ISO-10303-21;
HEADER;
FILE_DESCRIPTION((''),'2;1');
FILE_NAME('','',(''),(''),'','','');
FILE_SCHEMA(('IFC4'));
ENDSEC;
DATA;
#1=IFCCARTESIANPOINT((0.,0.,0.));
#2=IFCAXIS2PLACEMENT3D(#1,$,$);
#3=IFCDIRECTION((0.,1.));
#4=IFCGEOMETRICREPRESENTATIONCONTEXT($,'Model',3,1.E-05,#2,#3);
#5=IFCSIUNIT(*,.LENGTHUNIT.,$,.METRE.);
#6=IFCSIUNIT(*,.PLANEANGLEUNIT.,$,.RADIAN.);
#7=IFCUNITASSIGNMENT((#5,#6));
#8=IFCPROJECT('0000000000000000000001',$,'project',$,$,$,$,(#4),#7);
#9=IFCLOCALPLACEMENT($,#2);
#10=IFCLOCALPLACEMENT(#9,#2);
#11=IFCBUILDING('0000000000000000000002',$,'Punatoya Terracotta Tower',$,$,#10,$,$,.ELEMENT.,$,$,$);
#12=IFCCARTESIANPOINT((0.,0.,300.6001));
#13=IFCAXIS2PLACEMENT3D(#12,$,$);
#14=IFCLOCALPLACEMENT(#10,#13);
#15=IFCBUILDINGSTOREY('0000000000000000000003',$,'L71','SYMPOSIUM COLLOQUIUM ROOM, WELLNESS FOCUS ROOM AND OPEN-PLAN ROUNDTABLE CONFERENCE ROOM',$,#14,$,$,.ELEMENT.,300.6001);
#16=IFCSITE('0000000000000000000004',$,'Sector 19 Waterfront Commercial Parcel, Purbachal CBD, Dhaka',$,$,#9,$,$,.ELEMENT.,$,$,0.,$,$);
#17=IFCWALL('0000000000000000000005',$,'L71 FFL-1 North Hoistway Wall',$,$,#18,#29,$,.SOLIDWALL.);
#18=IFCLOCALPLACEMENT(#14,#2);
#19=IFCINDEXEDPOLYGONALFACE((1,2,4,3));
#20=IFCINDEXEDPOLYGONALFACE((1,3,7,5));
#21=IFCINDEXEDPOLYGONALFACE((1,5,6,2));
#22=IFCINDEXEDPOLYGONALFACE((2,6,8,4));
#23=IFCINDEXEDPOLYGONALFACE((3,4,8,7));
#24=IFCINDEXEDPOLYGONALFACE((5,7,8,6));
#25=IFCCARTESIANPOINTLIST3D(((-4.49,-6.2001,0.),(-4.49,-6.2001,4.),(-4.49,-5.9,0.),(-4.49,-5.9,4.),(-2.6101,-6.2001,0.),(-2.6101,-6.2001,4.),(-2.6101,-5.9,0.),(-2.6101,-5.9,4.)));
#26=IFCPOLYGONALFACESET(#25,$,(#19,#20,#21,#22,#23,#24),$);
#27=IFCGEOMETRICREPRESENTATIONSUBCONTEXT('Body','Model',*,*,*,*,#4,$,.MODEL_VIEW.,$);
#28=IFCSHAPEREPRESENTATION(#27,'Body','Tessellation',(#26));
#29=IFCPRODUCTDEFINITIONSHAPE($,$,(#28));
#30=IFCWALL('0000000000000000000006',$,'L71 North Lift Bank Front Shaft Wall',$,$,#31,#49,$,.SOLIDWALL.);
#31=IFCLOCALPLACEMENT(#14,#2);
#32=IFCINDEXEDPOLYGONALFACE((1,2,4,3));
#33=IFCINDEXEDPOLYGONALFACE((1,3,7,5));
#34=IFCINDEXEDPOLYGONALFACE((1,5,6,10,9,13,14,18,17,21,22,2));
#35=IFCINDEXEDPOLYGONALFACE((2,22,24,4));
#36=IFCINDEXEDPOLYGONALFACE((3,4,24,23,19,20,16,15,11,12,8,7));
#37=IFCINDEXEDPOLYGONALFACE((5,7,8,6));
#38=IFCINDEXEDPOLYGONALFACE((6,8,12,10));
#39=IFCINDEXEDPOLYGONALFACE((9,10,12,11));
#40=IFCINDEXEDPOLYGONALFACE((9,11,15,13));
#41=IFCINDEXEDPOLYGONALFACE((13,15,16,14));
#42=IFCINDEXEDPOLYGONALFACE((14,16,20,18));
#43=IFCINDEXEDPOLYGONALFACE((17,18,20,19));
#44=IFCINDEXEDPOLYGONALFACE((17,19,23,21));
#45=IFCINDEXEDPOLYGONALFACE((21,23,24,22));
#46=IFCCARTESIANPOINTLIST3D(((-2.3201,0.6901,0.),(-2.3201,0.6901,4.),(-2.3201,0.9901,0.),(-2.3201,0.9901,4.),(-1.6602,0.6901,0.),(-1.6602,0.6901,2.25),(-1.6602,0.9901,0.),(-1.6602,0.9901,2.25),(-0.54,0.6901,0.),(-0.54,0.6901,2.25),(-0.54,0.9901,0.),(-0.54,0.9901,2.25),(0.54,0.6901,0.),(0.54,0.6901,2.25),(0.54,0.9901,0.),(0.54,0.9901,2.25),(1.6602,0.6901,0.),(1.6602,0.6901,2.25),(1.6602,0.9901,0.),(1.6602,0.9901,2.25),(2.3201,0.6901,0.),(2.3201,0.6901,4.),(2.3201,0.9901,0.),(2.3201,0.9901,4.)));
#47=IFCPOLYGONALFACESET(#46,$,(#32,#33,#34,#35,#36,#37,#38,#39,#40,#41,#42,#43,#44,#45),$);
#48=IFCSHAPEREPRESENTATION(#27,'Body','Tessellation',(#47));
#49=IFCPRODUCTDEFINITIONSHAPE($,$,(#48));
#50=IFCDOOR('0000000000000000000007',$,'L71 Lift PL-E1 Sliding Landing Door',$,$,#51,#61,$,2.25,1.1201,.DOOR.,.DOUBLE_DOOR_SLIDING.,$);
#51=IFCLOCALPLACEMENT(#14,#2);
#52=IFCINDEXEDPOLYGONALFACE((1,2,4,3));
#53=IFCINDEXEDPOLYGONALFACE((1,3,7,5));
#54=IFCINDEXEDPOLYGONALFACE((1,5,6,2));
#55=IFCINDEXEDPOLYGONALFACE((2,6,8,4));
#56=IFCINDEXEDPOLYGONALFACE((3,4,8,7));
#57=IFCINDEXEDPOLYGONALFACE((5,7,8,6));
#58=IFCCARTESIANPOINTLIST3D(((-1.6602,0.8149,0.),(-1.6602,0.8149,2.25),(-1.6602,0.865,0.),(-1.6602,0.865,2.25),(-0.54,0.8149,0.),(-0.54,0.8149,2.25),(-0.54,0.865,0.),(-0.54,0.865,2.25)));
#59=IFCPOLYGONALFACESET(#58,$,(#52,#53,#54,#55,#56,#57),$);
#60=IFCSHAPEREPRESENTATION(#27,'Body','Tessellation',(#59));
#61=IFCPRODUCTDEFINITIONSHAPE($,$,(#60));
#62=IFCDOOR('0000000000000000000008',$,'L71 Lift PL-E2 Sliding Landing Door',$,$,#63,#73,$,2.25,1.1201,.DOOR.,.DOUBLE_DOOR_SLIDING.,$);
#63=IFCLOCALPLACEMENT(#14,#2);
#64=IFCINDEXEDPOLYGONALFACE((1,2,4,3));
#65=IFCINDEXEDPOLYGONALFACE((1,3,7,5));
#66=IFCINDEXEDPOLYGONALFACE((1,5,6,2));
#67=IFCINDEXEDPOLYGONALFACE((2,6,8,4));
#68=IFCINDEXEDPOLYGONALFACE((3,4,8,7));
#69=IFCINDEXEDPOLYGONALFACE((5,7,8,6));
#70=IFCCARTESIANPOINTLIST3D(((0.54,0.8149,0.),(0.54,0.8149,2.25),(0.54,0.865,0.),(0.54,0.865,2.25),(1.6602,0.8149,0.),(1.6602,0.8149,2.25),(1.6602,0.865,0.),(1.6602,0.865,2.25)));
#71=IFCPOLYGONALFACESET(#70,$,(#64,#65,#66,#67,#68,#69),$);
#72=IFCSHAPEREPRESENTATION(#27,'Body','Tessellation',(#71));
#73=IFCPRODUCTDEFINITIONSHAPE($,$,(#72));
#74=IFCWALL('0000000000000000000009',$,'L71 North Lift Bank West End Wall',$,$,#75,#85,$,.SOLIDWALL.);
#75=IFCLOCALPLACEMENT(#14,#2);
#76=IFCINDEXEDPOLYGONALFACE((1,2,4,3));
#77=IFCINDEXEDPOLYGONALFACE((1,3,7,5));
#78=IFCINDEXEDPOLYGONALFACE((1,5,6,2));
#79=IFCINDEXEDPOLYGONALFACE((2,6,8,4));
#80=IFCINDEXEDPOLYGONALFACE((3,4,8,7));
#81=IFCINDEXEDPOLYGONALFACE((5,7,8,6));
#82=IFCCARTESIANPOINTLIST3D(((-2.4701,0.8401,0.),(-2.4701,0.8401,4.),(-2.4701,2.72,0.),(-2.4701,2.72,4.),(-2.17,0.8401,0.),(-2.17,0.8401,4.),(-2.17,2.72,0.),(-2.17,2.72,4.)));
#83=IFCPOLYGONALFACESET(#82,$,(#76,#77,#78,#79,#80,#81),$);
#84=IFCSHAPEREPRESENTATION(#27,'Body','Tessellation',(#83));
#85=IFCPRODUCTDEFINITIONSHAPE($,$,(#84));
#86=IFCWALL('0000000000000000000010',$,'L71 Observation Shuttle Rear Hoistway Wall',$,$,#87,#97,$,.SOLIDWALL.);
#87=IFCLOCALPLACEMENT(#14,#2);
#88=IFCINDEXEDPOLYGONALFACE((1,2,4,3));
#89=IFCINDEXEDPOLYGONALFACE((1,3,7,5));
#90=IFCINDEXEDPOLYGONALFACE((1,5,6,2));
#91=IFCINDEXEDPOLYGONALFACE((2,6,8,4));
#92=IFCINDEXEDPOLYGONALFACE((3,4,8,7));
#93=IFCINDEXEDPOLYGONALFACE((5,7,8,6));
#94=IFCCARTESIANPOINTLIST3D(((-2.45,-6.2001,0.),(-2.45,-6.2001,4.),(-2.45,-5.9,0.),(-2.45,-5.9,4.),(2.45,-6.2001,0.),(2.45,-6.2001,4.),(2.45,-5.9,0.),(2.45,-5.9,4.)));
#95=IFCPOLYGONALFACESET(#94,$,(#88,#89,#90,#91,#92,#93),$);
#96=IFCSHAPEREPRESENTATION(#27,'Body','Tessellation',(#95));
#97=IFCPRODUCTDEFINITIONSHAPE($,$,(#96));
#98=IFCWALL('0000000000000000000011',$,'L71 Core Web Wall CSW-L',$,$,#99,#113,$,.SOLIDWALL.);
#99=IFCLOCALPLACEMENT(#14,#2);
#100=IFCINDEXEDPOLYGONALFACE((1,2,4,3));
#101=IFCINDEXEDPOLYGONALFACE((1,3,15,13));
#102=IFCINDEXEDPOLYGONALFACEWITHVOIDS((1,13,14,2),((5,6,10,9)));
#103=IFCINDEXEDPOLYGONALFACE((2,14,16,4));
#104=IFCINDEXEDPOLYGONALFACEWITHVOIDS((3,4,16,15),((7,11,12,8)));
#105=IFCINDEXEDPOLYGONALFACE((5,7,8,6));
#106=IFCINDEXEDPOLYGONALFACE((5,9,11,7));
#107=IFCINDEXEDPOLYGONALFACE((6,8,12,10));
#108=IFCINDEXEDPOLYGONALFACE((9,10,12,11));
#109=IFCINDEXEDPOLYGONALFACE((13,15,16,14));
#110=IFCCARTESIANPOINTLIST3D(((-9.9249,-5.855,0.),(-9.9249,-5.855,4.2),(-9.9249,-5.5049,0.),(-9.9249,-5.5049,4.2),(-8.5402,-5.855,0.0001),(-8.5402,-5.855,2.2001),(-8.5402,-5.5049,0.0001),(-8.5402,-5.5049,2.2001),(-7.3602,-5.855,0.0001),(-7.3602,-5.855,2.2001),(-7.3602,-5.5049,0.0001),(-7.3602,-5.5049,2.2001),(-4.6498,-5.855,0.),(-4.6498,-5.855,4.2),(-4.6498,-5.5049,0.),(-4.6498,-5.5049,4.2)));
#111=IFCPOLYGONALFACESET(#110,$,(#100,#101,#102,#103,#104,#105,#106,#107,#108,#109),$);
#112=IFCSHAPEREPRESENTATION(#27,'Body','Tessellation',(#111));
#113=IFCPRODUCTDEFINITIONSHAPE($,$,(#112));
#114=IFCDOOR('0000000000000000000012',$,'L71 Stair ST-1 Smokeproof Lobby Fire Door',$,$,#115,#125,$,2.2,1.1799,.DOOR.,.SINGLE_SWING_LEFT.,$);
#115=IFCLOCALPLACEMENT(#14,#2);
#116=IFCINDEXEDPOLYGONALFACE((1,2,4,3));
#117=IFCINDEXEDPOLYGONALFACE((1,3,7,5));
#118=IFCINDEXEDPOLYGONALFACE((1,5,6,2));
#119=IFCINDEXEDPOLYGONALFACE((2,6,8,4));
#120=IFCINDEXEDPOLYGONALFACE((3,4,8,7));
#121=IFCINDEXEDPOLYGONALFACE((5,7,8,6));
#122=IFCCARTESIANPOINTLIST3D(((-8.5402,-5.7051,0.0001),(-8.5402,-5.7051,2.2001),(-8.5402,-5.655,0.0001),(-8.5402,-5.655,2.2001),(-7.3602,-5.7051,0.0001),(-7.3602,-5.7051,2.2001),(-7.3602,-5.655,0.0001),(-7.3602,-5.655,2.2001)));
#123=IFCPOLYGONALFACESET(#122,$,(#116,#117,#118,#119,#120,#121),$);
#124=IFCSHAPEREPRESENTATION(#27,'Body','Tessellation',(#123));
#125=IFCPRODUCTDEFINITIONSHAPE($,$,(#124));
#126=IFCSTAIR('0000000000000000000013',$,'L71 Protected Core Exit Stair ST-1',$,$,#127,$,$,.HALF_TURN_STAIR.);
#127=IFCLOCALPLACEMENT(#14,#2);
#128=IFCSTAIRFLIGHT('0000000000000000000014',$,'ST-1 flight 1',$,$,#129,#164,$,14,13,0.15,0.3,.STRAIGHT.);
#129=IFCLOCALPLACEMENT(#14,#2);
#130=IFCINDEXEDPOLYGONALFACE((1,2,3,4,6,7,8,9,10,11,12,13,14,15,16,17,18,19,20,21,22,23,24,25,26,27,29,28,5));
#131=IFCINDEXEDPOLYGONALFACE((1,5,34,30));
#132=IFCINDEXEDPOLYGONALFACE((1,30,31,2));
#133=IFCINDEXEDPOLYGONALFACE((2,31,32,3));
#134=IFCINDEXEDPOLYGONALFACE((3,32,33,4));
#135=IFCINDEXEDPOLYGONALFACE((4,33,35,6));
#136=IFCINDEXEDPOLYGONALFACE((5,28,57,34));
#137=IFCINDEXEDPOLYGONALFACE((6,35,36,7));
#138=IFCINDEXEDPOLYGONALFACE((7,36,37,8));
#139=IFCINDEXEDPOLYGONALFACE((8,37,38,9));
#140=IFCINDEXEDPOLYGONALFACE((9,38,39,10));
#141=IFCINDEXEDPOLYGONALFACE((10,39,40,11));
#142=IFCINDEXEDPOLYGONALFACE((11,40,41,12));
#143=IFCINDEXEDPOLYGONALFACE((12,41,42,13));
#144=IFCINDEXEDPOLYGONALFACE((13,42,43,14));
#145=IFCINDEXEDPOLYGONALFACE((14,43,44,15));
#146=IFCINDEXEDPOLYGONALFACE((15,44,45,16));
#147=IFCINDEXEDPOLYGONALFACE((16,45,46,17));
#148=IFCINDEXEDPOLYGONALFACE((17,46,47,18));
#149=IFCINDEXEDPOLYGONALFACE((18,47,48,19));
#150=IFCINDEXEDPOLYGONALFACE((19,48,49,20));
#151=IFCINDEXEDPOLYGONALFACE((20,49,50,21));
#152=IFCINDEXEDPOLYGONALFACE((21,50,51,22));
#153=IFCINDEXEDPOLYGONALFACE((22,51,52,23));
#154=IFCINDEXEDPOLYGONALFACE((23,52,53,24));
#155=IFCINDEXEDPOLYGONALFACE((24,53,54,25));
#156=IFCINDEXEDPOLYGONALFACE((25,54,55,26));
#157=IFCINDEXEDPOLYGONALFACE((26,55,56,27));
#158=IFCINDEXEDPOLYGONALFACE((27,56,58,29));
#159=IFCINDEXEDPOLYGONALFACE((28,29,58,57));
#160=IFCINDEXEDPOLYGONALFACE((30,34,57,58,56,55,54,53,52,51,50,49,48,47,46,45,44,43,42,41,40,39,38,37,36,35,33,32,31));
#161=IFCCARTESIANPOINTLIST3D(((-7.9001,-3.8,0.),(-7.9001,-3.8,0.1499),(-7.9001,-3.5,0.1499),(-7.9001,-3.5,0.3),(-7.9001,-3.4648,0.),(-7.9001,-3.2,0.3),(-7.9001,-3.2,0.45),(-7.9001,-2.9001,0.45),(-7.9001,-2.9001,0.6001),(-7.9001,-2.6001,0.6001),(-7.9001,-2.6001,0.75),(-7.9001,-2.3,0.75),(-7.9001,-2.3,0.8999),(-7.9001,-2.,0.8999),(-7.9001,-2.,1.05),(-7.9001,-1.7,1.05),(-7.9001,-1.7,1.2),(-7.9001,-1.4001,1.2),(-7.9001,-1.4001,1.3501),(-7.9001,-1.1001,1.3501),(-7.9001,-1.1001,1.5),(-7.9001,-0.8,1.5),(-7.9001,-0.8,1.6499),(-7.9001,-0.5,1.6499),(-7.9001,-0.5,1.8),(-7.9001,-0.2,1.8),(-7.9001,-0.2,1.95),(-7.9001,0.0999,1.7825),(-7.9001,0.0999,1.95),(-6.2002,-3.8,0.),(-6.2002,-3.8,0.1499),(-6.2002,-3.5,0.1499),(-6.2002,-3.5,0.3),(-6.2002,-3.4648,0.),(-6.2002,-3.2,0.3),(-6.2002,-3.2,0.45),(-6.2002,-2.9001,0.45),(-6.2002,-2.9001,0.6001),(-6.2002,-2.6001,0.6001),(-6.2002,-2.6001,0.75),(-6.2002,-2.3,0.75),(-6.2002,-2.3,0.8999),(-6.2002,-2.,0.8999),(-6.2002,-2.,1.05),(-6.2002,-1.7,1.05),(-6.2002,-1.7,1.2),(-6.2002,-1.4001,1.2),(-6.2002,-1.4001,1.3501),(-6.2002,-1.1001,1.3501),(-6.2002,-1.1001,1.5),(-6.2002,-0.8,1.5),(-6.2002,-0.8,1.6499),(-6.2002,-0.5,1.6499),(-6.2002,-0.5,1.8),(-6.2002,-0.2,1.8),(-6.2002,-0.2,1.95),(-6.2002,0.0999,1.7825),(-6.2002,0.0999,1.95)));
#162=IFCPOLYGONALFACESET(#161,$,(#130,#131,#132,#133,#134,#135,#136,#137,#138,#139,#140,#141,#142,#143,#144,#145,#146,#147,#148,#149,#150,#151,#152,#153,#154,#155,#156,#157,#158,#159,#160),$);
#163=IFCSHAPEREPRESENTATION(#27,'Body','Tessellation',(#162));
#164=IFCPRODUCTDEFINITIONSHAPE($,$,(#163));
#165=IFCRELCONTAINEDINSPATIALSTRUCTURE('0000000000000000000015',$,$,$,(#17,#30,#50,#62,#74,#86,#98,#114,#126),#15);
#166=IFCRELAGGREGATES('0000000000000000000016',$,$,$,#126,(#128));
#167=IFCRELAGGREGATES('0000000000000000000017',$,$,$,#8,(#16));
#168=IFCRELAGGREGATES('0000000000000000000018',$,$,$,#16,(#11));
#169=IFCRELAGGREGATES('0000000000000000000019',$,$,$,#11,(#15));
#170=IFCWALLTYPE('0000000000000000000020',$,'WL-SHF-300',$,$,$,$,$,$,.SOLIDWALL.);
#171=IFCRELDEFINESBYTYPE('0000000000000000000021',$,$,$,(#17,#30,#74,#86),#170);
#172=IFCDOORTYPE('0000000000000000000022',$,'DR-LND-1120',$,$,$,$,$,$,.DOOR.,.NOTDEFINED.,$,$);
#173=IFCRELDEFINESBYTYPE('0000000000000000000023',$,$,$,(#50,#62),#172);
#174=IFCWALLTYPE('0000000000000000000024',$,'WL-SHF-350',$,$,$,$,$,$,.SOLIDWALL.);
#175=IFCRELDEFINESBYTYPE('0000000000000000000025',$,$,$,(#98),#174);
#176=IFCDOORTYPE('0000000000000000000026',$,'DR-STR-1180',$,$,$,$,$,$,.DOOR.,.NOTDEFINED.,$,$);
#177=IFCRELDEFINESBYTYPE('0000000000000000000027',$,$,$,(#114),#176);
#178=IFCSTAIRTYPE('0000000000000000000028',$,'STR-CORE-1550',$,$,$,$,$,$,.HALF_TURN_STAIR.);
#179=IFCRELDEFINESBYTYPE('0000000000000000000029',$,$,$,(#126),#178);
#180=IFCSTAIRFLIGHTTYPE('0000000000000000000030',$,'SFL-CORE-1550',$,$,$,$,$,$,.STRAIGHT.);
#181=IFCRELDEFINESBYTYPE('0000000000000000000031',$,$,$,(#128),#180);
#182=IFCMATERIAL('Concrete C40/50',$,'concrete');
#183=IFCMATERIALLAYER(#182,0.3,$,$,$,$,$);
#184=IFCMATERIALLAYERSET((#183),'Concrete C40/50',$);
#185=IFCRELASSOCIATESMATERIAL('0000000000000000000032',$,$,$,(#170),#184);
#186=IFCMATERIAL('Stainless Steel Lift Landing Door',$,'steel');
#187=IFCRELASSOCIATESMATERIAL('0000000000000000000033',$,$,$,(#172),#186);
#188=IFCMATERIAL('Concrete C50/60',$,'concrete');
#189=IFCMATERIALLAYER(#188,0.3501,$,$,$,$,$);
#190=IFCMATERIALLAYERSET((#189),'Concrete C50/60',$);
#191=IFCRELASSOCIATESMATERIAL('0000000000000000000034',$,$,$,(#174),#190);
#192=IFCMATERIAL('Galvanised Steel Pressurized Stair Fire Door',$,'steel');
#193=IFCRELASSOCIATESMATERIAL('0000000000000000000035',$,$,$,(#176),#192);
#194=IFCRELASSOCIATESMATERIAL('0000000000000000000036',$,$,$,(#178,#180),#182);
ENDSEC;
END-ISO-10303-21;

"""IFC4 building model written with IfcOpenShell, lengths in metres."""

from ifc_helpers import new_model, si_unit, direction, frame, frame_2d, origin, place, context, subcontext, project, spatial, polyline, rectangle, outline, extrude, material, layer, layer_set, type_object, element, fill, aggregate, save


model = new_model("IFC4")

# Units and contexts
model_context = context("Model", 3, precision=1e-05, world=origin(), true_north=direction((0.0, 1.0)))
body_context = subcontext(model_context, "Body", "Model", "MODEL_VIEW")
ifc_project = project(units=[si_unit("LENGTHUNIT", "METRE"), si_unit("PLANEANGLEUNIT", "RADIAN")], contexts=[model_context])

# Site, building, storey
site_placement = place(None, origin())
site = spatial("IfcSite", under=ifc_project, at=site_placement, Name="Sector 19 Waterfront Commercial Parcel, Purbachal CBD, Dhaka", CompositionType="ELEMENT", RefElevation=0.0)
building_placement = place(site_placement, origin())
building = spatial("IfcBuilding", under=site, at=building_placement, Name="Punatoya Terracotta Tower", CompositionType="ELEMENT")
storey_placement = place(building_placement, frame((0.0, 0.0, 300.6001)))
storey = spatial("IfcBuildingStorey", under=building, at=storey_placement, Name="L71", Description="SYMPOSIUM COLLOQUIUM ROOM, WELLNESS FOCUS ROOM AND OPEN-PLAN ROUNDTABLE CONFERENCE ROOM", CompositionType="ELEMENT", Elevation=300.6001)

# Shared definitions
ifc_material_1 = material(Name="Concrete C50/60", Category="concrete")

# Wall
ifc_material_2 = material(Name="Concrete C40/50", Category="concrete")
ifc_layer_1 = layer(ifc_material_2, 0.3)
ifc_layer_set_1 = layer_set([ifc_layer_1], Name="Concrete C40/50")
wall_type_1 = type_object("IfcWallType", Name="WL-SHF-300", PredefinedType="SOLIDWALL", material=ifc_layer_set_1)
wall_1_placement = place(storey_placement, frame((-4.49, -6.05, 0.0), z_axis=(0.0, 0.0, 1.0), x_axis=(1.0, 0.0, 0.0)))
element("IfcWall", 1, at=wall_1_placement, inside=storey, type_object=wall_type_1, Name="L71 FFL-1 North Hoistway Wall", PredefinedType="SOLIDWALL", context=body_context, shape_type="SweptSolid", body=[
    extrude(rectangle(XDim=1.8799, YDim=0.3, at=frame_2d((0.9399, 0.0))), origin(), (0.0, 0.0, 1.0), 4.0),
])

# Wall, openings, doors
wall_2_placement = place(storey_placement, frame((-2.3201, 0.8401, 0.0), z_axis=(0.0, 0.0, 1.0), x_axis=(1.0, 0.0, 0.0)))
wall_2 = element("IfcWall", 2, at=wall_2_placement, inside=storey, type_object=wall_type_1, Name="L71 North Lift Bank Front Shaft Wall", PredefinedType="SOLIDWALL", context=body_context, shape_type="SweptSolid", body=[
    extrude(rectangle(XDim=4.6401, YDim=0.3, at=frame_2d((2.3201, 0.0))), origin(), (0.0, 0.0, 1.0), 4.0),
])
opening_1_placement = place(wall_2_placement, frame((0.6599, 0.0, 0.0)))
opening_1 = element("IfcOpeningElement", 3, at=opening_1_placement, cuts=wall_2, PredefinedType="OPENING", context=body_context, shape_type="SweptSolid", body=[
    extrude(rectangle(XDim=1.1201, YDim=2.25, at=frame_2d((0.5601, 1.125))), frame((0.0, 0.1599, 0.0), z_axis=(0.0, -1.0, 0.0), x_axis=(1.0, 0.0, 0.0)), (0.0, 0.0, 1.0), 0.3201),
])
opening_2_placement = place(wall_2_placement, frame((2.8601, 0.0, 0.0)))
opening_2 = element("IfcOpeningElement", 4, at=opening_2_placement, cuts=wall_2, PredefinedType="OPENING", context=body_context, shape_type="SweptSolid", body=[
    extrude(rectangle(XDim=1.1201, YDim=2.25, at=frame_2d((0.5601, 1.125))), frame((0.0, 0.1599, 0.0), z_axis=(0.0, -1.0, 0.0), x_axis=(1.0, 0.0, 0.0)), (0.0, 0.0, 1.0), 0.3201),
])
ifc_material_3 = material(Name="Stainless Steel Lift Landing Door", Category="steel")
door_type_1 = type_object("IfcDoorType", Name="DR-LND-1120", OperationType="NOTDEFINED", PredefinedType="DOOR", material=ifc_material_3)
door_1_placement = place(opening_1_placement, origin())
door_1 = element("IfcDoor", 5, at=door_1_placement, inside=storey, type_object=door_type_1, Name="L71 Lift PL-E1 Sliding Landing Door", OperationType="DOUBLE_DOOR_SLIDING", OverallHeight=2.25, OverallWidth=1.1201, PredefinedType="DOOR", context=body_context, shape_type="SweptSolid", body=[
    extrude(rectangle(XDim=1.1201, YDim=2.25, at=frame_2d((0.5601, 1.125))), frame((0.0, 0.0249, 0.0), z_axis=(0.0, -1.0, 0.0), x_axis=(1.0, 0.0, 0.0)), (0.0, 0.0, 1.0), 0.05),
])
fill(opening_1, door_1)
door_2_placement = place(opening_2_placement, origin())
door_2 = element("IfcDoor", 6, at=door_2_placement, inside=storey, type_object=door_type_1, Name="L71 Lift PL-E2 Sliding Landing Door", OperationType="DOUBLE_DOOR_SLIDING", OverallHeight=2.25, OverallWidth=1.1201, PredefinedType="DOOR", context=body_context, shape_type="SweptSolid", body=[
    extrude(rectangle(XDim=1.1201, YDim=2.25, at=frame_2d((0.5601, 1.125))), frame((0.0, 0.0249, 0.0), z_axis=(0.0, -1.0, 0.0), x_axis=(1.0, 0.0, 0.0)), (0.0, 0.0, 1.0), 0.05),
])
fill(opening_2, door_2)

# Walls
wall_3_placement = place(storey_placement, frame((-2.3201, 0.8401, 0.0), z_axis=(0.0, 0.0, 1.0), x_axis=(0.0, 1.0, 0.0)))
element("IfcWall", 7, at=wall_3_placement, inside=storey, type_object=wall_type_1, Name="L71 North Lift Bank West End Wall", PredefinedType="SOLIDWALL", context=body_context, shape_type="SweptSolid", body=[
    extrude(rectangle(XDim=1.8799, YDim=0.3, at=frame_2d((0.9399, 0.0))), origin(), (0.0, 0.0, 1.0), 4.0),
])
wall_4_placement = place(storey_placement, frame((-2.45, -6.05, 0.0), z_axis=(0.0, 0.0, 1.0), x_axis=(1.0, 0.0, 0.0)))
element("IfcWall", 8, at=wall_4_placement, inside=storey, type_object=wall_type_1, Name="L71 Observation Shuttle Rear Hoistway Wall", PredefinedType="SOLIDWALL", context=body_context, shape_type="SweptSolid", body=[
    extrude(rectangle(XDim=4.8999, YDim=0.3, at=frame_2d((2.45, 0.0))), origin(), (0.0, 0.0, 1.0), 4.0),
])

# Wall, opening, door
ifc_layer_2 = layer(ifc_material_1, 0.3501)
ifc_layer_set_2 = layer_set([ifc_layer_2], Name="Concrete C50/60")
wall_type_2 = type_object("IfcWallType", Name="WL-SHF-350", PredefinedType="SOLIDWALL", material=ifc_layer_set_2)
wall_5_placement = place(storey_placement, frame((-9.925, -5.6799, 0.0), z_axis=(0.0, 0.0, 1.0), x_axis=(1.0, 0.0, 0.0)))
wall_5 = element("IfcWall", 9, at=wall_5_placement, inside=storey, type_object=wall_type_2, Name="L71 Core Web Wall CSW-L", PredefinedType="SOLIDWALL", context=body_context, shape_type="SweptSolid", body=[
    extrude(rectangle(XDim=5.2751, YDim=0.3501, at=frame_2d((2.6377, 0.0))), origin(), (0.0, 0.0, 1.0), 4.2),
])
opening_3_placement = place(wall_5_placement, frame((1.385, 0.0, 0.0)))
opening_3 = element("IfcOpeningElement", 10, at=opening_3_placement, cuts=wall_5, PredefinedType="OPENING", context=body_context, shape_type="SweptSolid", body=[
    extrude(rectangle(XDim=1.1799, YDim=2.2, at=frame_2d((0.5898, 1.1001))), frame((0.0, 0.1851, 0.0), z_axis=(0.0, -1.0, 0.0), x_axis=(1.0, 0.0, 0.0)), (0.0, 0.0, 1.0), 0.3701),
])
ifc_material_4 = material(Name="Galvanised Steel Pressurized Stair Fire Door", Category="steel")
door_type_2 = type_object("IfcDoorType", Name="DR-STR-1180", OperationType="NOTDEFINED", PredefinedType="DOOR", material=ifc_material_4)
door_3_placement = place(opening_3_placement, origin())
door_3 = element("IfcDoor", 11, at=door_3_placement, inside=storey, type_object=door_type_2, Name="L71 Stair ST-1 Smokeproof Lobby Fire Door", OperationType="SINGLE_SWING_LEFT", OverallHeight=2.2, OverallWidth=1.1799, PredefinedType="DOOR", context=body_context, shape_type="SweptSolid", body=[
    extrude(rectangle(XDim=1.1799, YDim=2.2, at=frame_2d((0.5898, 1.1001))), frame((0.0, 0.0249, 0.0), z_axis=(0.0, -1.0, 0.0), x_axis=(1.0, 0.0, 0.0)), (0.0, 0.0, 1.0), 0.05),
])
fill(opening_3, door_3)

# Stair, stair flight
stair_type = type_object("IfcStairType", Name="STR-CORE-1550", PredefinedType="HALF_TURN_STAIR", material=ifc_material_2)
stair_placement = place(storey_placement, origin())
stair = element("IfcStair", 12, at=stair_placement, inside=storey, type_object=stair_type, Name="L71 Protected Core Exit Stair ST-1", PredefinedType="HALF_TURN_STAIR")
stair_flight_type = type_object("IfcStairFlightType", Name="SFL-CORE-1550", PredefinedType="STRAIGHT", material=ifc_material_2)
stair_flight_1_placement = place(storey_placement, frame((-7.05, -3.8, 0.0), z_axis=(0.0, 0.0, 1.0), x_axis=(0.0, 1.0, 0.0)))
stair_flight_1 = element("IfcStairFlight", 13, at=stair_flight_1_placement, type_object=stair_flight_type, Name="ST-1 flight 1", NumberOfRisers=14, NumberOfTreads=13, PredefinedType="STRAIGHT", RiserHeight=0.15, TreadLength=0.3, context=body_context, shape_type="SweptSolid", body=[
    extrude(outline(polyline([(0.0, 0.0), (0.0, 0.1499), (0.3, 0.1499), (0.3, 0.3), (0.6001, 0.3), (0.6001, 0.45), (0.8999, 0.45), (0.8999, 0.6001), (1.2, 0.6001), (1.2, 0.75), (1.5, 0.75), (1.5, 0.8999), (1.8, 0.8999), (1.8, 1.05), (2.1001, 1.05), (2.1001, 1.2), (2.3999, 1.2), (2.3999, 1.3501), (2.7, 1.3501), (2.7, 1.5), (3.0, 1.5), (3.0, 1.6499), (3.3, 1.6499), (3.3, 1.8), (3.6001, 1.8), (3.6001, 1.95), (3.8999, 1.95), (3.8999, 2.1001), (3.8999, 1.7825), (0.3352, 0.0), (0.0, 0.0)])), frame((0.0, 0.8501, 0.0), z_axis=(0.0, -1.0, 0.0), x_axis=(1.0, 0.0, 0.0)), (0.0, 0.0, 1.0), 1.7),
])
aggregate(stair, [stair_flight_1])

save(model, "model.ifc")
